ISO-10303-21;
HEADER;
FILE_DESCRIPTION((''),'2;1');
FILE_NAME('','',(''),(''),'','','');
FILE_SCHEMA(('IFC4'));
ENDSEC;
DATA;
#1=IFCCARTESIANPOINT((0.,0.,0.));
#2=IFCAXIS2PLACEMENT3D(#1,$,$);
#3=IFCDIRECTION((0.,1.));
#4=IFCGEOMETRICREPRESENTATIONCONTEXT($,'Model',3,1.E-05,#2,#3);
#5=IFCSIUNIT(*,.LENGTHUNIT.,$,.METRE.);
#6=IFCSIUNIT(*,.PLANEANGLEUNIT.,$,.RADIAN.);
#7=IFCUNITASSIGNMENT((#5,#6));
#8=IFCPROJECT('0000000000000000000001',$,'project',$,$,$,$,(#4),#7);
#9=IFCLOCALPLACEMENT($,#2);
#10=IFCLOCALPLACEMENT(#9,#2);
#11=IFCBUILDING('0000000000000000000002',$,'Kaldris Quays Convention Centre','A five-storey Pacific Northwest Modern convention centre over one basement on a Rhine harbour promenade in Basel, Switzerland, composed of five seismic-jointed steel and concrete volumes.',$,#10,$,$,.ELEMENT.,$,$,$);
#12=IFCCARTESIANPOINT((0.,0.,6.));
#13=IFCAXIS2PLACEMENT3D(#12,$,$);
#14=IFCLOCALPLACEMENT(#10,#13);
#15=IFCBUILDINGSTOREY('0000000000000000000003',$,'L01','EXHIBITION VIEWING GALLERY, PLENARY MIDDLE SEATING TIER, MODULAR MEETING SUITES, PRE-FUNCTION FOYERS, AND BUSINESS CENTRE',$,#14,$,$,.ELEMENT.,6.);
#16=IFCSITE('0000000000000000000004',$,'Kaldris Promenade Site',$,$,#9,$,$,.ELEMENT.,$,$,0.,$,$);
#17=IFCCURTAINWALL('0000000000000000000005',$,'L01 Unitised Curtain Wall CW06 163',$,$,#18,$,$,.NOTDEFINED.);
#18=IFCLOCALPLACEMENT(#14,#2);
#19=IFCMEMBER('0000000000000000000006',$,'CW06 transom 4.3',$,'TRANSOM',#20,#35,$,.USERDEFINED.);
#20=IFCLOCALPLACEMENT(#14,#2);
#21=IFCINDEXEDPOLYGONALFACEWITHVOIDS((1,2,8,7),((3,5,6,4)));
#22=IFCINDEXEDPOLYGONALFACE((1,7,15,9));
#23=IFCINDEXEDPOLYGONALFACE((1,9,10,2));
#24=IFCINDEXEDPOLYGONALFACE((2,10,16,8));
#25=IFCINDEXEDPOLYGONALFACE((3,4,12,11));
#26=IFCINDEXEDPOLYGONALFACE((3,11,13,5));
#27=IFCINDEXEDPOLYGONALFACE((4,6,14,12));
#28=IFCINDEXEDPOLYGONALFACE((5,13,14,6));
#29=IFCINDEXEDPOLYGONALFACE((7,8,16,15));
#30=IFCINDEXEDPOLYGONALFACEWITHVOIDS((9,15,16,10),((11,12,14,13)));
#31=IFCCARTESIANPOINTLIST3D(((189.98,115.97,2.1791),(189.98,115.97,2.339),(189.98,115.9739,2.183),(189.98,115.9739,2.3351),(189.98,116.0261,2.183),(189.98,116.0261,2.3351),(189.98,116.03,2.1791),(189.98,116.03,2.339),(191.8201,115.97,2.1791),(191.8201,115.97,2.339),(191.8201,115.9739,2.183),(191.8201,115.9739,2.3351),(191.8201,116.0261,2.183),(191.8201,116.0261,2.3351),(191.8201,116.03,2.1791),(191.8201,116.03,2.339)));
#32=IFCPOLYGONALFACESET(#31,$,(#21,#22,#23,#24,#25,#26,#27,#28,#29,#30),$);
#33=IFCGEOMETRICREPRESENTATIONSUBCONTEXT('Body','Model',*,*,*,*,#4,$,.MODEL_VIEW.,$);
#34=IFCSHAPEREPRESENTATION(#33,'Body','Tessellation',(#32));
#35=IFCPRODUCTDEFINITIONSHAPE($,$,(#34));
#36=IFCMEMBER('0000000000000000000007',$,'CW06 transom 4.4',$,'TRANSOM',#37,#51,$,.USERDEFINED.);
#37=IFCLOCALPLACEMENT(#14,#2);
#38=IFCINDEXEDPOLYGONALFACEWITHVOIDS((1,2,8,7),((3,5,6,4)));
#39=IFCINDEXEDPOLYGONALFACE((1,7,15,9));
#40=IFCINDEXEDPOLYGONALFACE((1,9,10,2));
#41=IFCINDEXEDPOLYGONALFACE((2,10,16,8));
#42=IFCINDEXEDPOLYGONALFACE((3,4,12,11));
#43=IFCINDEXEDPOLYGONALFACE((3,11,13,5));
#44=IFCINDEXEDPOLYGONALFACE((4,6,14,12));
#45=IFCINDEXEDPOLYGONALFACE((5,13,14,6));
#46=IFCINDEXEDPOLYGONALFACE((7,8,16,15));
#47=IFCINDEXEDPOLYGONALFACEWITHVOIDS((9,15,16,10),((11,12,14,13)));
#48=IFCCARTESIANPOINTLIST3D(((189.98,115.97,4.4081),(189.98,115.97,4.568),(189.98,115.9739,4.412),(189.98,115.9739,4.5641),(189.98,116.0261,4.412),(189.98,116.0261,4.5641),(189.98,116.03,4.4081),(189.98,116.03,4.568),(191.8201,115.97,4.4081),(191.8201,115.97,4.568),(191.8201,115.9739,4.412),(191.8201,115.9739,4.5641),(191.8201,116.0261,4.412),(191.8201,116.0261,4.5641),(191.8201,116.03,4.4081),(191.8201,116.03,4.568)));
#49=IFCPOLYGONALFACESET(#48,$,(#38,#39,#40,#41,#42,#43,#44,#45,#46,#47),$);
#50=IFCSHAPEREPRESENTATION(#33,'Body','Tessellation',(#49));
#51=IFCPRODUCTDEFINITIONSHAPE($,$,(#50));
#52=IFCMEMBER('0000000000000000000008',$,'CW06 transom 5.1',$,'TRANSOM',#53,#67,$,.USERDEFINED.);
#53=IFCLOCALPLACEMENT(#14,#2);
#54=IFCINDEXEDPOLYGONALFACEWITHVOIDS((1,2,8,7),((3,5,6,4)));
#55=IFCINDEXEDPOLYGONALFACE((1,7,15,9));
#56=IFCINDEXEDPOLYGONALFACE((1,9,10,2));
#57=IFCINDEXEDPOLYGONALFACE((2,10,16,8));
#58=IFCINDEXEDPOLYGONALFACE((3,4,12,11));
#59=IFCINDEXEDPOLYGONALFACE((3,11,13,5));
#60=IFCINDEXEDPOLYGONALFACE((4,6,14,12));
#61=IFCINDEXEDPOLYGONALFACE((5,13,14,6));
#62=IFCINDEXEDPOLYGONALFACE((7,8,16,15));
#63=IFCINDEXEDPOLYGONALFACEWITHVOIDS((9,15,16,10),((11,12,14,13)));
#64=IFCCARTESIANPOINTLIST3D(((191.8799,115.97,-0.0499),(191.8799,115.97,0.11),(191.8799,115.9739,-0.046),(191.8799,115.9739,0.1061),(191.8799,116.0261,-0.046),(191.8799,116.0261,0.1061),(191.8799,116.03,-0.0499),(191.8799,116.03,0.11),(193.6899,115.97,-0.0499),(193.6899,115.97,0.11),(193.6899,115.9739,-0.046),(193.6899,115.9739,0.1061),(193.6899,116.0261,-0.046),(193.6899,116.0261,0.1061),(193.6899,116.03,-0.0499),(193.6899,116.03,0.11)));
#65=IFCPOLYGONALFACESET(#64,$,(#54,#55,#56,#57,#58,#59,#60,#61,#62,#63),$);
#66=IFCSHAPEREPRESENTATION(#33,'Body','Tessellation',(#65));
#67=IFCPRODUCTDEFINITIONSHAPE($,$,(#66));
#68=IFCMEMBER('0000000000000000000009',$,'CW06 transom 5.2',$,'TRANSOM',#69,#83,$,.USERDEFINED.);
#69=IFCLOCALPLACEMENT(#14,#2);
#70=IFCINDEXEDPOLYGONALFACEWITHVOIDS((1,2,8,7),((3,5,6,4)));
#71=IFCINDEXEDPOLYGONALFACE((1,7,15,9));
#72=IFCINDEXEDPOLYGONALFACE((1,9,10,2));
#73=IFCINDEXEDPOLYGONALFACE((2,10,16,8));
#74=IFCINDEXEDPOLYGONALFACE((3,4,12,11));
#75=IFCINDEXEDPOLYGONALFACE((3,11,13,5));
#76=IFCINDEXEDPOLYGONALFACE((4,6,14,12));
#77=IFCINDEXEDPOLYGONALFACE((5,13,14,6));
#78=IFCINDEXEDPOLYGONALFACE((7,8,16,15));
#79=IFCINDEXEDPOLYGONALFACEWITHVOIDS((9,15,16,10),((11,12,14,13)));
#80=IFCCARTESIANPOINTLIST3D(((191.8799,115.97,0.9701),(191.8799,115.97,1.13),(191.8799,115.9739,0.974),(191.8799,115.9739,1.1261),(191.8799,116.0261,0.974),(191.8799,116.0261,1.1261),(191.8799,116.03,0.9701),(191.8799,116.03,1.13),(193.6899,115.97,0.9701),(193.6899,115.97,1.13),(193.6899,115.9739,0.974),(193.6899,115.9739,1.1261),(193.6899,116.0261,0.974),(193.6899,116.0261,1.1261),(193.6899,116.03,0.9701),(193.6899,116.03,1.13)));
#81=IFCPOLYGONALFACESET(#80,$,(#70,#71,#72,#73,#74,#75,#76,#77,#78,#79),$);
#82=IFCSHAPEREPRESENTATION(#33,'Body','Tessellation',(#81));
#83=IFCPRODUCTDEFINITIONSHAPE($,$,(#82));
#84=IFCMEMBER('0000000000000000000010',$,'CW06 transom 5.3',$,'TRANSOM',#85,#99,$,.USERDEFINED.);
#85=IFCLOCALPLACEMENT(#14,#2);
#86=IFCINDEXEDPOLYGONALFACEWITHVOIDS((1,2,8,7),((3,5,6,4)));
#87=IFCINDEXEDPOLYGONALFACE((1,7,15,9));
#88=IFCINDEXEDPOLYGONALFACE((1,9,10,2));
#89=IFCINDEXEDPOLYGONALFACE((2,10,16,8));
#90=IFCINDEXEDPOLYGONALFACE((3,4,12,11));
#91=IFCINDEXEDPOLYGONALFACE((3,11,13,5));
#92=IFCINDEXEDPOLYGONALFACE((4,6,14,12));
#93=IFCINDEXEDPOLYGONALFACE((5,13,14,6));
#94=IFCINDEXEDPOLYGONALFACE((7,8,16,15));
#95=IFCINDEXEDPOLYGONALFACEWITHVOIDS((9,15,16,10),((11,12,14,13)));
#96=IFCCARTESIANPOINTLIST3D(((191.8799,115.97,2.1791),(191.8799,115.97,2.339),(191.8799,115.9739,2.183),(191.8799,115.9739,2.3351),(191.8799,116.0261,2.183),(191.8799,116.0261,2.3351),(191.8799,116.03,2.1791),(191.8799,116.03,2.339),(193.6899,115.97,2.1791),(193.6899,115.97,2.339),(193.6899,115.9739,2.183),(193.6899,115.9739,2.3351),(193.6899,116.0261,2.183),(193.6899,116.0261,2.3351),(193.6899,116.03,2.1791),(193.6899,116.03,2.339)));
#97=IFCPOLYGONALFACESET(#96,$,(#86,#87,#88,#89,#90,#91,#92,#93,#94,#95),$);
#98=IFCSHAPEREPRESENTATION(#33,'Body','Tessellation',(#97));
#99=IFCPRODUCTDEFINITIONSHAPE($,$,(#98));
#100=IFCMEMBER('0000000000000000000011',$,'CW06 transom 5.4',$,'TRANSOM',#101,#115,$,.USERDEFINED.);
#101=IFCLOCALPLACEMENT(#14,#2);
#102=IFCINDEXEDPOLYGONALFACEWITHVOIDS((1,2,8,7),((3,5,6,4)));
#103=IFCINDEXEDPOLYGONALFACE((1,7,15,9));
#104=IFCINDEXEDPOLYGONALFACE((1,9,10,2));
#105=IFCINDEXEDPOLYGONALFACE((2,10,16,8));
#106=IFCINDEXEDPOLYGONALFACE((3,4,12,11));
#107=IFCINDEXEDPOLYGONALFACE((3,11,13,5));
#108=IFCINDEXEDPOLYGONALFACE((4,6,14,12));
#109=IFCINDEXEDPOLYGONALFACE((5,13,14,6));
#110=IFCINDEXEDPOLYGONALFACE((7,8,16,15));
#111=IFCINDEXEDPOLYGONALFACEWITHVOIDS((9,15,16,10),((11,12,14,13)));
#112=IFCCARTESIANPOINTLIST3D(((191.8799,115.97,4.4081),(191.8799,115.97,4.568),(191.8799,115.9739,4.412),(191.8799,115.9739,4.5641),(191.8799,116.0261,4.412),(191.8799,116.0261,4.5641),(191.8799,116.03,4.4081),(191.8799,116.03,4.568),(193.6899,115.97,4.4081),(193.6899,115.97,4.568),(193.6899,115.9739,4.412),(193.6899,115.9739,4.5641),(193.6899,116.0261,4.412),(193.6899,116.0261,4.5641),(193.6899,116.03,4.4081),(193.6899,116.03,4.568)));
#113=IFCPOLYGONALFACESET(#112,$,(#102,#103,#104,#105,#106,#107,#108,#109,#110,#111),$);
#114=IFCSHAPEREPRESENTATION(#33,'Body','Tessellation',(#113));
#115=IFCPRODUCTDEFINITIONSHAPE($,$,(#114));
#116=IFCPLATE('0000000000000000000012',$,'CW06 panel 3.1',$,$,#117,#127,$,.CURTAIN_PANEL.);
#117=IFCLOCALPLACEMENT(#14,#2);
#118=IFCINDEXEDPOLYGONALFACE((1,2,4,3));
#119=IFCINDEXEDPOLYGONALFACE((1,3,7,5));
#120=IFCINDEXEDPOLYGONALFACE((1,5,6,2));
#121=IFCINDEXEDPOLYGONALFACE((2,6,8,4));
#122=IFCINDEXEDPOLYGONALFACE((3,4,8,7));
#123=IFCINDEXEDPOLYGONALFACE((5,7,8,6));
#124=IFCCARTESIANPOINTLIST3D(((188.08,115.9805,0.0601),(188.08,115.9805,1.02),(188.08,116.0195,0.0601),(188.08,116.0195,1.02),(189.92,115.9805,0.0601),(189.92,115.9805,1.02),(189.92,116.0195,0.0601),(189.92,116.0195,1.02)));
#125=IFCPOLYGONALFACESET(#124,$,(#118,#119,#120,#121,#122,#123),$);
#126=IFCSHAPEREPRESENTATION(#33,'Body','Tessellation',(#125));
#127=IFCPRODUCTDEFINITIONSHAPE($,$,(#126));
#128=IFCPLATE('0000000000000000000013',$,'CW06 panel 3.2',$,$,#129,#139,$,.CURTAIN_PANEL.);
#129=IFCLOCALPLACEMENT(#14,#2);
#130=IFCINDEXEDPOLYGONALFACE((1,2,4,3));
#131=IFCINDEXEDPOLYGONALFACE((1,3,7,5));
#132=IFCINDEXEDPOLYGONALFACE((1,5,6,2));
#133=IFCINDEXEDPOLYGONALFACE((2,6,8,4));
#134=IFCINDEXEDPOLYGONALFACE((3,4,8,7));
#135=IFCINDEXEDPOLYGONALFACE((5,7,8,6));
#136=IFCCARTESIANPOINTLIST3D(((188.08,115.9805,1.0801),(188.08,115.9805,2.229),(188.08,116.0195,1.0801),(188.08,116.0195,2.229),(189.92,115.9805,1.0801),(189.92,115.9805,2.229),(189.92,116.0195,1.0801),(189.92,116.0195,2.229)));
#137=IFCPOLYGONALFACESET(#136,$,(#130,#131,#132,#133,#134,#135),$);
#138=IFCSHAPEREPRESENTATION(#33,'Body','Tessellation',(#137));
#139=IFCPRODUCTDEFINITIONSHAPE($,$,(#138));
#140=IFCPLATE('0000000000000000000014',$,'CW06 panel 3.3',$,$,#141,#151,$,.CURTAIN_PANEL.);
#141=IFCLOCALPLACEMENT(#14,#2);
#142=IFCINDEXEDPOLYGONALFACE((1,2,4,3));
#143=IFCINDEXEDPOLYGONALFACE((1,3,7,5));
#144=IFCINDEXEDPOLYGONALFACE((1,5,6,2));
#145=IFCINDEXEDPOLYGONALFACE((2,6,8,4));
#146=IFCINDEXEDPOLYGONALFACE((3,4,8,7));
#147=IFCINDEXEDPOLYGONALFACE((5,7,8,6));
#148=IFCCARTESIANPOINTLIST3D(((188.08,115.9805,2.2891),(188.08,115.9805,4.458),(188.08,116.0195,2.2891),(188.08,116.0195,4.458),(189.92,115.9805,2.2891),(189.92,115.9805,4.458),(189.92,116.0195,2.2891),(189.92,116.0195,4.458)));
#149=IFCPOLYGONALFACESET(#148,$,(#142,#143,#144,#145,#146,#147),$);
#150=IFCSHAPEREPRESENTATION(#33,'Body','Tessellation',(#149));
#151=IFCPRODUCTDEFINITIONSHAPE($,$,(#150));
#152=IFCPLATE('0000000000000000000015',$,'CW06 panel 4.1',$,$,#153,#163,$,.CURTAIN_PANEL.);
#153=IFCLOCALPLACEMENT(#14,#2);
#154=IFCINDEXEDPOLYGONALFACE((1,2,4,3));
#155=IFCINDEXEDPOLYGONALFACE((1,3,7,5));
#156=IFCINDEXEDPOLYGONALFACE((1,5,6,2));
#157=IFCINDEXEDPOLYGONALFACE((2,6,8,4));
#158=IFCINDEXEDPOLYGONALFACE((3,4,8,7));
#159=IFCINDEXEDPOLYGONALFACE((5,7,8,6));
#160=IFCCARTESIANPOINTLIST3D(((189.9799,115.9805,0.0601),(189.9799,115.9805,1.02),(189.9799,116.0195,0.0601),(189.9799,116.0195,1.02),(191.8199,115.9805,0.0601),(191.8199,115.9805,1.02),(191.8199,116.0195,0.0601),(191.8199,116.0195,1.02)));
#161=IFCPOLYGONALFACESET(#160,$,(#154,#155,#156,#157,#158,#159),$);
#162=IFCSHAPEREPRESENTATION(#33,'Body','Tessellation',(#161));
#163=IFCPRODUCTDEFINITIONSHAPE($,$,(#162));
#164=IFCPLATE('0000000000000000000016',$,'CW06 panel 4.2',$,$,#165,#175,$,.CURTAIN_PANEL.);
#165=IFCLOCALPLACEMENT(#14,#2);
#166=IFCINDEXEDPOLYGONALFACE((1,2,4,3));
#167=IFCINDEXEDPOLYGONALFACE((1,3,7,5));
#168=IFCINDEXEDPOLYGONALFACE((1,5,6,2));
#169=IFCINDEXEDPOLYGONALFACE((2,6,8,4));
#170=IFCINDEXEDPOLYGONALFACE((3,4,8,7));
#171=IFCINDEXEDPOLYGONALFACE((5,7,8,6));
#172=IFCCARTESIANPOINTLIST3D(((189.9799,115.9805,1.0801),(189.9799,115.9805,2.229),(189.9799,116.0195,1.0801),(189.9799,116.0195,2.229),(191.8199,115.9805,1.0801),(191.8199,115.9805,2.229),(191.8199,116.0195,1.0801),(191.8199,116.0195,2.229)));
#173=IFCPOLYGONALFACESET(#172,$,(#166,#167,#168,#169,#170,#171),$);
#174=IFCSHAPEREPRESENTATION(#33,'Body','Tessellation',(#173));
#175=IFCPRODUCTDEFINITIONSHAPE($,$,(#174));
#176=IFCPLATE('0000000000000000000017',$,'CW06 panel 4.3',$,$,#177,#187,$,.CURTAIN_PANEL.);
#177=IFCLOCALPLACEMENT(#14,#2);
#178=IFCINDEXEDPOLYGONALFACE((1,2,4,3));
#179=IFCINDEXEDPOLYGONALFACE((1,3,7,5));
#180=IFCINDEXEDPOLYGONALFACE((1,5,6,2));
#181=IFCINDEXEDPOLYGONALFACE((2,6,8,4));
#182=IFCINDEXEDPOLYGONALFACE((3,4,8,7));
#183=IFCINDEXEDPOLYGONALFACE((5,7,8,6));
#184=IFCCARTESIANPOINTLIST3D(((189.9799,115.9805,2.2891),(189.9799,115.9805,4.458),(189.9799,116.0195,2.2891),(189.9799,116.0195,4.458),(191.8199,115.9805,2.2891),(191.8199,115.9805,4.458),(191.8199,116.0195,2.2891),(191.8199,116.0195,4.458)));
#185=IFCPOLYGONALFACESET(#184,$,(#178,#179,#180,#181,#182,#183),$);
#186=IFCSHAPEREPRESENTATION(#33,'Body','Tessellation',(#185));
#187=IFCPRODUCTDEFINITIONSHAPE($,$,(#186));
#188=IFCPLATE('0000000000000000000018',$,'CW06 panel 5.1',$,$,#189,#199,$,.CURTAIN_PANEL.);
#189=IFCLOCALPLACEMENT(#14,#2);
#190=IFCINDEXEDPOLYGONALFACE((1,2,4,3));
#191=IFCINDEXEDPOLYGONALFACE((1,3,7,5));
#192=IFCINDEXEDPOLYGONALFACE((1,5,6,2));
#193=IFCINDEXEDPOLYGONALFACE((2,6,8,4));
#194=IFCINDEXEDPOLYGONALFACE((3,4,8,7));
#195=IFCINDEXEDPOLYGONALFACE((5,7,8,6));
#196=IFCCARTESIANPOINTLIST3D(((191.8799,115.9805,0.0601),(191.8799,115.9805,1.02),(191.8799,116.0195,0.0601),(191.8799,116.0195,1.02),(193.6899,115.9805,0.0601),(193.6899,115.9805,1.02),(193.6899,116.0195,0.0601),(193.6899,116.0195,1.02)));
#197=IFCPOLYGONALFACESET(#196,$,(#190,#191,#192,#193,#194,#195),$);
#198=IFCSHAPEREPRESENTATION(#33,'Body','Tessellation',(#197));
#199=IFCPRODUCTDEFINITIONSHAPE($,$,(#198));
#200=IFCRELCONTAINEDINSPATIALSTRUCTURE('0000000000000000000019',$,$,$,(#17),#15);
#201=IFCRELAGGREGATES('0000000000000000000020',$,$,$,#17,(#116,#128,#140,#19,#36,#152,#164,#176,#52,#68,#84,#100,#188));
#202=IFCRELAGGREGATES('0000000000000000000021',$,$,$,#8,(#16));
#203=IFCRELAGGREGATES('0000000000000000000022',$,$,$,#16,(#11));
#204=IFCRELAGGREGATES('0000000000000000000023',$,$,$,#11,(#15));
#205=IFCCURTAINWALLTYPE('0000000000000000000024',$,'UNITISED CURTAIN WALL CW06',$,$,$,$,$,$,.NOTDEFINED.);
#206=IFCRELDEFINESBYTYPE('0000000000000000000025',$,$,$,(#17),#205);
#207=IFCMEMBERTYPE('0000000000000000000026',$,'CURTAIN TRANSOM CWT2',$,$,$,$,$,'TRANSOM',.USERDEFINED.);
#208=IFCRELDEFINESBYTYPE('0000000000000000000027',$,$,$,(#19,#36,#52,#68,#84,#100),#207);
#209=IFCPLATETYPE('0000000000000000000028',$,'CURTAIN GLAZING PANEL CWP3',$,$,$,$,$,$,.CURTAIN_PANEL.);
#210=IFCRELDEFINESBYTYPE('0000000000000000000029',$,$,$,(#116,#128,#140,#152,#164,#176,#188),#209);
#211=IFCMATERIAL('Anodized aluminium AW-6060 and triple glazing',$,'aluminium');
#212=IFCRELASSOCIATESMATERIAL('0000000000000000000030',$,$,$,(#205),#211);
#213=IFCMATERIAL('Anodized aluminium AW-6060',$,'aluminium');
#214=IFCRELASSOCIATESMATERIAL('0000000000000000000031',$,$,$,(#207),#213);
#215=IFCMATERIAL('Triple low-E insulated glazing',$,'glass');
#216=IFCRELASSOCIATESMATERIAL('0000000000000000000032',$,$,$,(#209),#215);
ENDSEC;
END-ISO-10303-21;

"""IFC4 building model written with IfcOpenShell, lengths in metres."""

from ifc_helpers import new_model, si_unit, direction, frame, origin, origin_2d, place, context, subcontext, project, spatial, rectangle, hollow_rectangle, extrude, material, material_profile, profile_set, type_object, element, aggregate, save


model = new_model("IFC4")

# Units and contexts
model_context = context("Model", 3, precision=1e-05, world=origin(), true_north=direction((0.0, 1.0)))
body_context = subcontext(model_context, "Body", "Model", "MODEL_VIEW")
ifc_project = project(units=[si_unit("LENGTHUNIT", "METRE"), si_unit("PLANEANGLEUNIT", "RADIAN")], contexts=[model_context])

# Site, building, storey
site_placement = place(None, origin())
site = spatial("IfcSite", under=ifc_project, at=site_placement, Name="Kaldris Promenade Site", CompositionType="ELEMENT", RefElevation=0.0)
building_placement = place(site_placement, origin())
building = spatial("IfcBuilding", under=site, at=building_placement, Name="Kaldris Quays Convention Centre", Description="A five-storey Pacific Northwest Modern convention centre over one basement on a Rhine harbour promenade in Basel, Switzerland, composed of five seismic-jointed steel and concrete volumes.", CompositionType="ELEMENT")
storey_placement = place(building_placement, frame((0.0, 0.0, 6.0)))
storey = spatial("IfcBuildingStorey", under=building, at=storey_placement, Name="L01", Description="EXHIBITION VIEWING GALLERY, PLENARY MIDDLE SEATING TIER, MODULAR MEETING SUITES, PRE-FUNCTION FOYERS, AND BUSINESS CENTRE", CompositionType="ELEMENT", Elevation=6.0)

# Curtain wall
ifc_material_1 = material(Name="Anodized aluminium AW-6060 and triple glazing", Category="aluminium")
curtain_wall_type = type_object("IfcCurtainWallType", Name="UNITISED CURTAIN WALL CW06", PredefinedType="NOTDEFINED", material=ifc_material_1)
curtain_wall_1_placement = place(storey_placement, origin())
curtain_wall_1 = element("IfcCurtainWall", 1, at=curtain_wall_1_placement, inside=storey, type_object=curtain_wall_type, Name="L01 Unitised Curtain Wall CW06 163", PredefinedType="NOTDEFINED")
ifc_material_2 = material(Name="Anodized aluminium AW-6060", Category="aluminium")

# Members
ifc_material_profile_1 = material_profile(ifc_material_2, hollow_rectangle(XDim=0.0601, YDim=0.1599, WallThickness=0.0039, at=origin_2d()), Name="RHS 160x60x4")
ifc_profile_set_1 = profile_set([ifc_material_profile_1], Name="Anodized aluminium AW-6060")
member_type_1 = type_object("IfcMemberType", Name="CURTAIN TRANSOM CWT2", ElementType="TRANSOM", PredefinedType="USERDEFINED", material=ifc_profile_set_1)
member_1_placement = place(storey_placement, frame((189.98, 116.0, 2.259), z_axis=(1.0, 0.0, 0.0), x_axis=(0.0, 1.0, 0.0)))
member_1 = element("IfcMember", 2, at=member_1_placement, type_object=member_type_1, Name="CW06 transom 4.3", ObjectType="TRANSOM", PredefinedType="USERDEFINED", context=body_context, shape_type="SweptSolid", body=[
    extrude(hollow_rectangle(XDim=0.0601, YDim=0.1599, WallThickness=0.0039, at=origin_2d()), origin(), (0.0, 0.0, 1.0), 1.8401),
])
member_2_placement = place(storey_placement, frame((189.98, 116.0, 4.488), z_axis=(1.0, 0.0, 0.0), x_axis=(0.0, 1.0, 0.0)))
member_2 = element("IfcMember", 3, at=member_2_placement, type_object=member_type_1, Name="CW06 transom 4.4", ObjectType="TRANSOM", PredefinedType="USERDEFINED", context=body_context, shape_type="SweptSolid", body=[
    extrude(hollow_rectangle(XDim=0.0601, YDim=0.1599, WallThickness=0.0039, at=origin_2d()), origin(), (0.0, 0.0, 1.0), 1.8401),
])
member_3_placement = place(storey_placement, frame((191.8799, 116.0, 0.03), z_axis=(1.0, 0.0, 0.0), x_axis=(0.0, 1.0, 0.0)))
member_3 = element("IfcMember", 4, at=member_3_placement, type_object=member_type_1, Name="CW06 transom 5.1", ObjectType="TRANSOM", PredefinedType="USERDEFINED", context=body_context, shape_type="SweptSolid", body=[
    extrude(hollow_rectangle(XDim=0.0601, YDim=0.1599, WallThickness=0.0039, at=origin_2d()), origin(), (0.0, 0.0, 1.0), 1.8101),
])
member_4_placement = place(storey_placement, frame((191.8799, 116.0, 1.05), z_axis=(1.0, 0.0, 0.0), x_axis=(0.0, 1.0, 0.0)))
member_4 = element("IfcMember", 5, at=member_4_placement, type_object=member_type_1, Name="CW06 transom 5.2", ObjectType="TRANSOM", PredefinedType="USERDEFINED", context=body_context, shape_type="SweptSolid", body=[
    extrude(hollow_rectangle(XDim=0.0601, YDim=0.1599, WallThickness=0.0039, at=origin_2d()), origin(), (0.0, 0.0, 1.0), 1.8101),
])
member_5_placement = place(storey_placement, frame((191.8799, 116.0, 2.259), z_axis=(1.0, 0.0, 0.0), x_axis=(0.0, 1.0, 0.0)))
member_5 = element("IfcMember", 6, at=member_5_placement, type_object=member_type_1, Name="CW06 transom 5.3", ObjectType="TRANSOM", PredefinedType="USERDEFINED", context=body_context, shape_type="SweptSolid", body=[
    extrude(hollow_rectangle(XDim=0.0601, YDim=0.1599, WallThickness=0.0039, at=origin_2d()), origin(), (0.0, 0.0, 1.0), 1.8101),
])
member_6_placement = place(storey_placement, frame((191.8799, 116.0, 4.488), z_axis=(1.0, 0.0, 0.0), x_axis=(0.0, 1.0, 0.0)))
member_6 = element("IfcMember", 7, at=member_6_placement, type_object=member_type_1, Name="CW06 transom 5.4", ObjectType="TRANSOM", PredefinedType="USERDEFINED", context=body_context, shape_type="SweptSolid", body=[
    extrude(hollow_rectangle(XDim=0.0601, YDim=0.1599, WallThickness=0.0039, at=origin_2d()), origin(), (0.0, 0.0, 1.0), 1.8101),
])

# Plates
ifc_material_3 = material(Name="Triple low-E insulated glazing", Category="glass")
plate_type_1 = type_object("IfcPlateType", Name="CURTAIN GLAZING PANEL CWP3", PredefinedType="CURTAIN_PANEL", material=ifc_material_3)
plate_1_placement = place(storey_placement, frame((189.0, 116.0, 0.0601), z_axis=(0.0, 0.0, 1.0), x_axis=(1.0, 0.0, 0.0)))
plate_1 = element("IfcPlate", 8, at=plate_1_placement, type_object=plate_type_1, Name="CW06 panel 3.1", PredefinedType="CURTAIN_PANEL", context=body_context, shape_type="SweptSolid", body=[
    extrude(rectangle(XDim=1.8401, YDim=0.0391, at=origin_2d()), origin(), (0.0, 0.0, 1.0), 0.96),
])
plate_2_placement = place(storey_placement, frame((189.0, 116.0, 1.0801), z_axis=(0.0, 0.0, 1.0), x_axis=(1.0, 0.0, 0.0)))
plate_2 = element("IfcPlate", 9, at=plate_2_placement, type_object=plate_type_1, Name="CW06 panel 3.2", PredefinedType="CURTAIN_PANEL", context=body_context, shape_type="SweptSolid", body=[
    extrude(rectangle(XDim=1.8401, YDim=0.0391, at=origin_2d()), origin(), (0.0, 0.0, 1.0), 1.1489),
])
plate_3_placement = place(storey_placement, frame((189.0, 116.0, 2.2891), z_axis=(0.0, 0.0, 1.0), x_axis=(1.0, 0.0, 0.0)))
plate_3 = element("IfcPlate", 10, at=plate_3_placement, type_object=plate_type_1, Name="CW06 panel 3.3", PredefinedType="CURTAIN_PANEL", context=body_context, shape_type="SweptSolid", body=[
    extrude(rectangle(XDim=1.8401, YDim=0.0391, at=origin_2d()), origin(), (0.0, 0.0, 1.0), 2.1689),
])
plate_4_placement = place(storey_placement, frame((190.8999, 116.0, 0.0601), z_axis=(0.0, 0.0, 1.0), x_axis=(1.0, 0.0, 0.0)))
plate_4 = element("IfcPlate", 11, at=plate_4_placement, type_object=plate_type_1, Name="CW06 panel 4.1", PredefinedType="CURTAIN_PANEL", context=body_context, shape_type="SweptSolid", body=[
    extrude(rectangle(XDim=1.8401, YDim=0.0391, at=origin_2d()), origin(), (0.0, 0.0, 1.0), 0.96),
])
plate_5_placement = place(storey_placement, frame((190.8999, 116.0, 1.0801), z_axis=(0.0, 0.0, 1.0), x_axis=(1.0, 0.0, 0.0)))
plate_5 = element("IfcPlate", 12, at=plate_5_placement, type_object=plate_type_1, Name="CW06 panel 4.2", PredefinedType="CURTAIN_PANEL", context=body_context, shape_type="SweptSolid", body=[
    extrude(rectangle(XDim=1.8401, YDim=0.0391, at=origin_2d()), origin(), (0.0, 0.0, 1.0), 1.1489),
])
plate_6_placement = place(storey_placement, frame((190.8999, 116.0, 2.2891), z_axis=(0.0, 0.0, 1.0), x_axis=(1.0, 0.0, 0.0)))
plate_6 = element("IfcPlate", 13, at=plate_6_placement, type_object=plate_type_1, Name="CW06 panel 4.3", PredefinedType="CURTAIN_PANEL", context=body_context, shape_type="SweptSolid", body=[
    extrude(rectangle(XDim=1.8401, YDim=0.0391, at=origin_2d()), origin(), (0.0, 0.0, 1.0), 2.1689),
])
plate_7_placement = place(storey_placement, frame((192.7849, 116.0, 0.0601), z_axis=(0.0, 0.0, 1.0), x_axis=(1.0, 0.0, 0.0)))
plate_7 = element("IfcPlate", 14, at=plate_7_placement, type_object=plate_type_1, Name="CW06 panel 5.1", PredefinedType="CURTAIN_PANEL", context=body_context, shape_type="SweptSolid", body=[
    extrude(rectangle(XDim=1.8101, YDim=0.0391, at=origin_2d()), origin(), (0.0, 0.0, 1.0), 0.96),
])
aggregate(curtain_wall_1, [plate_1, plate_2, plate_3, member_1, member_2, plate_4, plate_5, plate_6, member_3, member_4, member_5, member_6, plate_7])

save(model, "model.ifc")
